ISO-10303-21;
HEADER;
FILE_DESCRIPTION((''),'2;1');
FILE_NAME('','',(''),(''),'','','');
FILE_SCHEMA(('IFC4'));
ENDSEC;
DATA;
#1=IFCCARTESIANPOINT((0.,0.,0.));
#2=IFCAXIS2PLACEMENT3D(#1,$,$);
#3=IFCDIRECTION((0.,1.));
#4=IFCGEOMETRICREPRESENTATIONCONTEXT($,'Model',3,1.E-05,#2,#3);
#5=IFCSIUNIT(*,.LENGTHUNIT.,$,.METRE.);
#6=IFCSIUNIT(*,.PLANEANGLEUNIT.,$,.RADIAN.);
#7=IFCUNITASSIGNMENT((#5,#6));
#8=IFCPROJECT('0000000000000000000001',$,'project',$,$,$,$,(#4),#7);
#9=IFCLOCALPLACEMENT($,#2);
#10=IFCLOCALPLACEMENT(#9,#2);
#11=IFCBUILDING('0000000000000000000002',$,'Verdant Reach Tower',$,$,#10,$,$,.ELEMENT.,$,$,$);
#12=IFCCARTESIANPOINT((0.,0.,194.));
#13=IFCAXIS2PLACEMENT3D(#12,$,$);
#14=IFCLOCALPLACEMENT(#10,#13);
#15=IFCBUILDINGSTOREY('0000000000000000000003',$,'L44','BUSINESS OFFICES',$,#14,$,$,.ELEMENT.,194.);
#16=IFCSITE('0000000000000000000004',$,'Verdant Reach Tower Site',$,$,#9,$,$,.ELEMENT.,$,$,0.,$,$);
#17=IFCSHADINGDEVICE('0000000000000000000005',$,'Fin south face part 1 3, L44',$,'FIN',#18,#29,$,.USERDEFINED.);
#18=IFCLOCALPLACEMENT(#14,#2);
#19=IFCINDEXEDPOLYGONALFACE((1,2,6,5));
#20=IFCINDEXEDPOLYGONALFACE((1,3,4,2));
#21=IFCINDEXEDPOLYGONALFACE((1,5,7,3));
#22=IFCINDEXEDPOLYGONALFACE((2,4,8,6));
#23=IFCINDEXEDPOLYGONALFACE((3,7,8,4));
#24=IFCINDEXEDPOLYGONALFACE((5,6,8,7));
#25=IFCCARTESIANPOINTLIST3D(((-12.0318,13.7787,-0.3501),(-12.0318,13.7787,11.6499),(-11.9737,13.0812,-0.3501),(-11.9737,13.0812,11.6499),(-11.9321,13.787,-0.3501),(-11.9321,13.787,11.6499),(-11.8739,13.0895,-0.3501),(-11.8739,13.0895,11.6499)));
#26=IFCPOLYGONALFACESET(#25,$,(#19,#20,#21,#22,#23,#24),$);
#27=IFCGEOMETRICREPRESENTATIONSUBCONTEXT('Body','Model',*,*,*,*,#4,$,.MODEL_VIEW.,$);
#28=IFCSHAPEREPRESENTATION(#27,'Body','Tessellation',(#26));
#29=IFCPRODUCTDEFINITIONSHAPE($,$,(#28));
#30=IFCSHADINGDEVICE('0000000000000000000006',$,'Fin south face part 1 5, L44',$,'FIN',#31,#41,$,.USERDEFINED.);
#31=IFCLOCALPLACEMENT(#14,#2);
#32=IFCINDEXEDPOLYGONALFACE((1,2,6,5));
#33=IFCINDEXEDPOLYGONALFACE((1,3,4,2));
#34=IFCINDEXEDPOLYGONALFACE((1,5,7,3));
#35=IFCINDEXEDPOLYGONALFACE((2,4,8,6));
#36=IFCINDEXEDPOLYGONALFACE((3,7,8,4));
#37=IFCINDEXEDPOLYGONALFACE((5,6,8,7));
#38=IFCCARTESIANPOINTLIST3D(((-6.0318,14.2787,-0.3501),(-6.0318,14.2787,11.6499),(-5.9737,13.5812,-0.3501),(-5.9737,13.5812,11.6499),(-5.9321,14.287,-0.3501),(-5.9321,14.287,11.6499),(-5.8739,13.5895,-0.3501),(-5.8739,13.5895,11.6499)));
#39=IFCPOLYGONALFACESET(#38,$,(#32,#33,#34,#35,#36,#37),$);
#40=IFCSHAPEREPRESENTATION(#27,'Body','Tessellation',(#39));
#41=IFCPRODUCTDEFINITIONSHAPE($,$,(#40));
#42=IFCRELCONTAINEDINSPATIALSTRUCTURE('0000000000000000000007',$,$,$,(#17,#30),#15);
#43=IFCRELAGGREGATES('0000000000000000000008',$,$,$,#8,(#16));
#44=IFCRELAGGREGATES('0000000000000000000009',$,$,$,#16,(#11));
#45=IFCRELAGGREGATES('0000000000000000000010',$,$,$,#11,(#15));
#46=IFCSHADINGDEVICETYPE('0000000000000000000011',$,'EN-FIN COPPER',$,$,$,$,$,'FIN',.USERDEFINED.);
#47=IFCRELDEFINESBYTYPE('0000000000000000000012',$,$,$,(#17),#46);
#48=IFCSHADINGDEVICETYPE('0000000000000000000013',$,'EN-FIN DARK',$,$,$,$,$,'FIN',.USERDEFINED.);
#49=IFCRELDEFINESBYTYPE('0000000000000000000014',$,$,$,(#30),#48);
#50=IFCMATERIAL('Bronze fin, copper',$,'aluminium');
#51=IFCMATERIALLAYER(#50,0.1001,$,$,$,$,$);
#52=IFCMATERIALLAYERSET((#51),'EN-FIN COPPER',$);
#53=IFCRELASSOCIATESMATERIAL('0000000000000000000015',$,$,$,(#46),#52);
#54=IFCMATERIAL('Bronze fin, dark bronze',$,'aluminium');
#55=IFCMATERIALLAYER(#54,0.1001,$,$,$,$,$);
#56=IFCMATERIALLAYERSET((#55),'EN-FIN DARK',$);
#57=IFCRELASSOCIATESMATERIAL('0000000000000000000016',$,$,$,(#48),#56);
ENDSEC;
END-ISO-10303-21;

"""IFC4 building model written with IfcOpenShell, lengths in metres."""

from ifc_helpers import new_model, si_unit, direction, frame, origin, origin_2d, place, context, subcontext, project, spatial, rectangle, extrude, material, layer, layer_set, type_object, element, save


model = new_model("IFC4")

# Units and contexts
model_context = context("Model", 3, precision=1e-05, world=origin(), true_north=direction((0.0, 1.0)))
body_context = subcontext(model_context, "Body", "Model", "MODEL_VIEW")
ifc_project = project(units=[si_unit("LENGTHUNIT", "METRE"), si_unit("PLANEANGLEUNIT", "RADIAN")], contexts=[model_context])

# Site, building, storey
site_placement = place(None, origin())
site = spatial("IfcSite", under=ifc_project, at=site_placement, Name="Verdant Reach Tower Site", CompositionType="ELEMENT", RefElevation=0.0)
building_placement = place(site_placement, origin())
building = spatial("IfcBuilding", under=site, at=building_placement, Name="Verdant Reach Tower", CompositionType="ELEMENT")
storey_placement = place(building_placement, frame((0.0, 0.0, 194.0)))
storey = spatial("IfcBuildingStorey", under=building, at=storey_placement, Name="L44", Description="BUSINESS OFFICES", CompositionType="ELEMENT", Elevation=194.0)

# Shading devices
ifc_material_1 = material(Name="Bronze fin, copper", Category="aluminium")
ifc_layer_1 = layer(ifc_material_1, 0.1001)
ifc_layer_set_1 = layer_set([ifc_layer_1], Name="EN-FIN COPPER")
shading_device_type_1 = type_object("IfcShadingDeviceType", Name="EN-FIN COPPER", ElementType="FIN", PredefinedType="USERDEFINED", material=ifc_layer_set_1)
shading_device_1_placement = place(storey_placement, frame((-11.9529, 13.4341, -0.3501), z_axis=(0.0, 0.0, 1.0), x_axis=(0.996546, 0.083045, 0.0)))
element("IfcShadingDevice", 1, at=shading_device_1_placement, inside=storey, type_object=shading_device_type_1, Name="Fin south face part 1 3, L44", ObjectType="FIN", PredefinedType="USERDEFINED", context=body_context, shape_type="SweptSolid", body=[
    extrude(rectangle(XDim=0.1001, YDim=0.7, at=origin_2d()), origin(), (0.0, 0.0, 1.0), 12.0),
])
ifc_material_2 = material(Name="Bronze fin, dark bronze", Category="aluminium")
ifc_layer_2 = layer(ifc_material_2, 0.1001)
ifc_layer_set_2 = layer_set([ifc_layer_2], Name="EN-FIN DARK")
shading_device_type_2 = type_object("IfcShadingDeviceType", Name="EN-FIN DARK", ElementType="FIN", PredefinedType="USERDEFINED", material=ifc_layer_set_2)
shading_device_2_placement = place(storey_placement, frame((-5.9529, 13.9341, -0.3501), z_axis=(0.0, 0.0, 1.0), x_axis=(0.996546, 0.083045, 0.0)))
element("IfcShadingDevice", 2, at=shading_device_2_placement, inside=storey, type_object=shading_device_type_2, Name="Fin south face part 1 5, L44", ObjectType="FIN", PredefinedType="USERDEFINED", context=body_context, shape_type="SweptSolid", body=[
    extrude(rectangle(XDim=0.1001, YDim=0.7, at=origin_2d()), origin(), (0.0, 0.0, 1.0), 12.0),
])

save(model, "model.ifc")
